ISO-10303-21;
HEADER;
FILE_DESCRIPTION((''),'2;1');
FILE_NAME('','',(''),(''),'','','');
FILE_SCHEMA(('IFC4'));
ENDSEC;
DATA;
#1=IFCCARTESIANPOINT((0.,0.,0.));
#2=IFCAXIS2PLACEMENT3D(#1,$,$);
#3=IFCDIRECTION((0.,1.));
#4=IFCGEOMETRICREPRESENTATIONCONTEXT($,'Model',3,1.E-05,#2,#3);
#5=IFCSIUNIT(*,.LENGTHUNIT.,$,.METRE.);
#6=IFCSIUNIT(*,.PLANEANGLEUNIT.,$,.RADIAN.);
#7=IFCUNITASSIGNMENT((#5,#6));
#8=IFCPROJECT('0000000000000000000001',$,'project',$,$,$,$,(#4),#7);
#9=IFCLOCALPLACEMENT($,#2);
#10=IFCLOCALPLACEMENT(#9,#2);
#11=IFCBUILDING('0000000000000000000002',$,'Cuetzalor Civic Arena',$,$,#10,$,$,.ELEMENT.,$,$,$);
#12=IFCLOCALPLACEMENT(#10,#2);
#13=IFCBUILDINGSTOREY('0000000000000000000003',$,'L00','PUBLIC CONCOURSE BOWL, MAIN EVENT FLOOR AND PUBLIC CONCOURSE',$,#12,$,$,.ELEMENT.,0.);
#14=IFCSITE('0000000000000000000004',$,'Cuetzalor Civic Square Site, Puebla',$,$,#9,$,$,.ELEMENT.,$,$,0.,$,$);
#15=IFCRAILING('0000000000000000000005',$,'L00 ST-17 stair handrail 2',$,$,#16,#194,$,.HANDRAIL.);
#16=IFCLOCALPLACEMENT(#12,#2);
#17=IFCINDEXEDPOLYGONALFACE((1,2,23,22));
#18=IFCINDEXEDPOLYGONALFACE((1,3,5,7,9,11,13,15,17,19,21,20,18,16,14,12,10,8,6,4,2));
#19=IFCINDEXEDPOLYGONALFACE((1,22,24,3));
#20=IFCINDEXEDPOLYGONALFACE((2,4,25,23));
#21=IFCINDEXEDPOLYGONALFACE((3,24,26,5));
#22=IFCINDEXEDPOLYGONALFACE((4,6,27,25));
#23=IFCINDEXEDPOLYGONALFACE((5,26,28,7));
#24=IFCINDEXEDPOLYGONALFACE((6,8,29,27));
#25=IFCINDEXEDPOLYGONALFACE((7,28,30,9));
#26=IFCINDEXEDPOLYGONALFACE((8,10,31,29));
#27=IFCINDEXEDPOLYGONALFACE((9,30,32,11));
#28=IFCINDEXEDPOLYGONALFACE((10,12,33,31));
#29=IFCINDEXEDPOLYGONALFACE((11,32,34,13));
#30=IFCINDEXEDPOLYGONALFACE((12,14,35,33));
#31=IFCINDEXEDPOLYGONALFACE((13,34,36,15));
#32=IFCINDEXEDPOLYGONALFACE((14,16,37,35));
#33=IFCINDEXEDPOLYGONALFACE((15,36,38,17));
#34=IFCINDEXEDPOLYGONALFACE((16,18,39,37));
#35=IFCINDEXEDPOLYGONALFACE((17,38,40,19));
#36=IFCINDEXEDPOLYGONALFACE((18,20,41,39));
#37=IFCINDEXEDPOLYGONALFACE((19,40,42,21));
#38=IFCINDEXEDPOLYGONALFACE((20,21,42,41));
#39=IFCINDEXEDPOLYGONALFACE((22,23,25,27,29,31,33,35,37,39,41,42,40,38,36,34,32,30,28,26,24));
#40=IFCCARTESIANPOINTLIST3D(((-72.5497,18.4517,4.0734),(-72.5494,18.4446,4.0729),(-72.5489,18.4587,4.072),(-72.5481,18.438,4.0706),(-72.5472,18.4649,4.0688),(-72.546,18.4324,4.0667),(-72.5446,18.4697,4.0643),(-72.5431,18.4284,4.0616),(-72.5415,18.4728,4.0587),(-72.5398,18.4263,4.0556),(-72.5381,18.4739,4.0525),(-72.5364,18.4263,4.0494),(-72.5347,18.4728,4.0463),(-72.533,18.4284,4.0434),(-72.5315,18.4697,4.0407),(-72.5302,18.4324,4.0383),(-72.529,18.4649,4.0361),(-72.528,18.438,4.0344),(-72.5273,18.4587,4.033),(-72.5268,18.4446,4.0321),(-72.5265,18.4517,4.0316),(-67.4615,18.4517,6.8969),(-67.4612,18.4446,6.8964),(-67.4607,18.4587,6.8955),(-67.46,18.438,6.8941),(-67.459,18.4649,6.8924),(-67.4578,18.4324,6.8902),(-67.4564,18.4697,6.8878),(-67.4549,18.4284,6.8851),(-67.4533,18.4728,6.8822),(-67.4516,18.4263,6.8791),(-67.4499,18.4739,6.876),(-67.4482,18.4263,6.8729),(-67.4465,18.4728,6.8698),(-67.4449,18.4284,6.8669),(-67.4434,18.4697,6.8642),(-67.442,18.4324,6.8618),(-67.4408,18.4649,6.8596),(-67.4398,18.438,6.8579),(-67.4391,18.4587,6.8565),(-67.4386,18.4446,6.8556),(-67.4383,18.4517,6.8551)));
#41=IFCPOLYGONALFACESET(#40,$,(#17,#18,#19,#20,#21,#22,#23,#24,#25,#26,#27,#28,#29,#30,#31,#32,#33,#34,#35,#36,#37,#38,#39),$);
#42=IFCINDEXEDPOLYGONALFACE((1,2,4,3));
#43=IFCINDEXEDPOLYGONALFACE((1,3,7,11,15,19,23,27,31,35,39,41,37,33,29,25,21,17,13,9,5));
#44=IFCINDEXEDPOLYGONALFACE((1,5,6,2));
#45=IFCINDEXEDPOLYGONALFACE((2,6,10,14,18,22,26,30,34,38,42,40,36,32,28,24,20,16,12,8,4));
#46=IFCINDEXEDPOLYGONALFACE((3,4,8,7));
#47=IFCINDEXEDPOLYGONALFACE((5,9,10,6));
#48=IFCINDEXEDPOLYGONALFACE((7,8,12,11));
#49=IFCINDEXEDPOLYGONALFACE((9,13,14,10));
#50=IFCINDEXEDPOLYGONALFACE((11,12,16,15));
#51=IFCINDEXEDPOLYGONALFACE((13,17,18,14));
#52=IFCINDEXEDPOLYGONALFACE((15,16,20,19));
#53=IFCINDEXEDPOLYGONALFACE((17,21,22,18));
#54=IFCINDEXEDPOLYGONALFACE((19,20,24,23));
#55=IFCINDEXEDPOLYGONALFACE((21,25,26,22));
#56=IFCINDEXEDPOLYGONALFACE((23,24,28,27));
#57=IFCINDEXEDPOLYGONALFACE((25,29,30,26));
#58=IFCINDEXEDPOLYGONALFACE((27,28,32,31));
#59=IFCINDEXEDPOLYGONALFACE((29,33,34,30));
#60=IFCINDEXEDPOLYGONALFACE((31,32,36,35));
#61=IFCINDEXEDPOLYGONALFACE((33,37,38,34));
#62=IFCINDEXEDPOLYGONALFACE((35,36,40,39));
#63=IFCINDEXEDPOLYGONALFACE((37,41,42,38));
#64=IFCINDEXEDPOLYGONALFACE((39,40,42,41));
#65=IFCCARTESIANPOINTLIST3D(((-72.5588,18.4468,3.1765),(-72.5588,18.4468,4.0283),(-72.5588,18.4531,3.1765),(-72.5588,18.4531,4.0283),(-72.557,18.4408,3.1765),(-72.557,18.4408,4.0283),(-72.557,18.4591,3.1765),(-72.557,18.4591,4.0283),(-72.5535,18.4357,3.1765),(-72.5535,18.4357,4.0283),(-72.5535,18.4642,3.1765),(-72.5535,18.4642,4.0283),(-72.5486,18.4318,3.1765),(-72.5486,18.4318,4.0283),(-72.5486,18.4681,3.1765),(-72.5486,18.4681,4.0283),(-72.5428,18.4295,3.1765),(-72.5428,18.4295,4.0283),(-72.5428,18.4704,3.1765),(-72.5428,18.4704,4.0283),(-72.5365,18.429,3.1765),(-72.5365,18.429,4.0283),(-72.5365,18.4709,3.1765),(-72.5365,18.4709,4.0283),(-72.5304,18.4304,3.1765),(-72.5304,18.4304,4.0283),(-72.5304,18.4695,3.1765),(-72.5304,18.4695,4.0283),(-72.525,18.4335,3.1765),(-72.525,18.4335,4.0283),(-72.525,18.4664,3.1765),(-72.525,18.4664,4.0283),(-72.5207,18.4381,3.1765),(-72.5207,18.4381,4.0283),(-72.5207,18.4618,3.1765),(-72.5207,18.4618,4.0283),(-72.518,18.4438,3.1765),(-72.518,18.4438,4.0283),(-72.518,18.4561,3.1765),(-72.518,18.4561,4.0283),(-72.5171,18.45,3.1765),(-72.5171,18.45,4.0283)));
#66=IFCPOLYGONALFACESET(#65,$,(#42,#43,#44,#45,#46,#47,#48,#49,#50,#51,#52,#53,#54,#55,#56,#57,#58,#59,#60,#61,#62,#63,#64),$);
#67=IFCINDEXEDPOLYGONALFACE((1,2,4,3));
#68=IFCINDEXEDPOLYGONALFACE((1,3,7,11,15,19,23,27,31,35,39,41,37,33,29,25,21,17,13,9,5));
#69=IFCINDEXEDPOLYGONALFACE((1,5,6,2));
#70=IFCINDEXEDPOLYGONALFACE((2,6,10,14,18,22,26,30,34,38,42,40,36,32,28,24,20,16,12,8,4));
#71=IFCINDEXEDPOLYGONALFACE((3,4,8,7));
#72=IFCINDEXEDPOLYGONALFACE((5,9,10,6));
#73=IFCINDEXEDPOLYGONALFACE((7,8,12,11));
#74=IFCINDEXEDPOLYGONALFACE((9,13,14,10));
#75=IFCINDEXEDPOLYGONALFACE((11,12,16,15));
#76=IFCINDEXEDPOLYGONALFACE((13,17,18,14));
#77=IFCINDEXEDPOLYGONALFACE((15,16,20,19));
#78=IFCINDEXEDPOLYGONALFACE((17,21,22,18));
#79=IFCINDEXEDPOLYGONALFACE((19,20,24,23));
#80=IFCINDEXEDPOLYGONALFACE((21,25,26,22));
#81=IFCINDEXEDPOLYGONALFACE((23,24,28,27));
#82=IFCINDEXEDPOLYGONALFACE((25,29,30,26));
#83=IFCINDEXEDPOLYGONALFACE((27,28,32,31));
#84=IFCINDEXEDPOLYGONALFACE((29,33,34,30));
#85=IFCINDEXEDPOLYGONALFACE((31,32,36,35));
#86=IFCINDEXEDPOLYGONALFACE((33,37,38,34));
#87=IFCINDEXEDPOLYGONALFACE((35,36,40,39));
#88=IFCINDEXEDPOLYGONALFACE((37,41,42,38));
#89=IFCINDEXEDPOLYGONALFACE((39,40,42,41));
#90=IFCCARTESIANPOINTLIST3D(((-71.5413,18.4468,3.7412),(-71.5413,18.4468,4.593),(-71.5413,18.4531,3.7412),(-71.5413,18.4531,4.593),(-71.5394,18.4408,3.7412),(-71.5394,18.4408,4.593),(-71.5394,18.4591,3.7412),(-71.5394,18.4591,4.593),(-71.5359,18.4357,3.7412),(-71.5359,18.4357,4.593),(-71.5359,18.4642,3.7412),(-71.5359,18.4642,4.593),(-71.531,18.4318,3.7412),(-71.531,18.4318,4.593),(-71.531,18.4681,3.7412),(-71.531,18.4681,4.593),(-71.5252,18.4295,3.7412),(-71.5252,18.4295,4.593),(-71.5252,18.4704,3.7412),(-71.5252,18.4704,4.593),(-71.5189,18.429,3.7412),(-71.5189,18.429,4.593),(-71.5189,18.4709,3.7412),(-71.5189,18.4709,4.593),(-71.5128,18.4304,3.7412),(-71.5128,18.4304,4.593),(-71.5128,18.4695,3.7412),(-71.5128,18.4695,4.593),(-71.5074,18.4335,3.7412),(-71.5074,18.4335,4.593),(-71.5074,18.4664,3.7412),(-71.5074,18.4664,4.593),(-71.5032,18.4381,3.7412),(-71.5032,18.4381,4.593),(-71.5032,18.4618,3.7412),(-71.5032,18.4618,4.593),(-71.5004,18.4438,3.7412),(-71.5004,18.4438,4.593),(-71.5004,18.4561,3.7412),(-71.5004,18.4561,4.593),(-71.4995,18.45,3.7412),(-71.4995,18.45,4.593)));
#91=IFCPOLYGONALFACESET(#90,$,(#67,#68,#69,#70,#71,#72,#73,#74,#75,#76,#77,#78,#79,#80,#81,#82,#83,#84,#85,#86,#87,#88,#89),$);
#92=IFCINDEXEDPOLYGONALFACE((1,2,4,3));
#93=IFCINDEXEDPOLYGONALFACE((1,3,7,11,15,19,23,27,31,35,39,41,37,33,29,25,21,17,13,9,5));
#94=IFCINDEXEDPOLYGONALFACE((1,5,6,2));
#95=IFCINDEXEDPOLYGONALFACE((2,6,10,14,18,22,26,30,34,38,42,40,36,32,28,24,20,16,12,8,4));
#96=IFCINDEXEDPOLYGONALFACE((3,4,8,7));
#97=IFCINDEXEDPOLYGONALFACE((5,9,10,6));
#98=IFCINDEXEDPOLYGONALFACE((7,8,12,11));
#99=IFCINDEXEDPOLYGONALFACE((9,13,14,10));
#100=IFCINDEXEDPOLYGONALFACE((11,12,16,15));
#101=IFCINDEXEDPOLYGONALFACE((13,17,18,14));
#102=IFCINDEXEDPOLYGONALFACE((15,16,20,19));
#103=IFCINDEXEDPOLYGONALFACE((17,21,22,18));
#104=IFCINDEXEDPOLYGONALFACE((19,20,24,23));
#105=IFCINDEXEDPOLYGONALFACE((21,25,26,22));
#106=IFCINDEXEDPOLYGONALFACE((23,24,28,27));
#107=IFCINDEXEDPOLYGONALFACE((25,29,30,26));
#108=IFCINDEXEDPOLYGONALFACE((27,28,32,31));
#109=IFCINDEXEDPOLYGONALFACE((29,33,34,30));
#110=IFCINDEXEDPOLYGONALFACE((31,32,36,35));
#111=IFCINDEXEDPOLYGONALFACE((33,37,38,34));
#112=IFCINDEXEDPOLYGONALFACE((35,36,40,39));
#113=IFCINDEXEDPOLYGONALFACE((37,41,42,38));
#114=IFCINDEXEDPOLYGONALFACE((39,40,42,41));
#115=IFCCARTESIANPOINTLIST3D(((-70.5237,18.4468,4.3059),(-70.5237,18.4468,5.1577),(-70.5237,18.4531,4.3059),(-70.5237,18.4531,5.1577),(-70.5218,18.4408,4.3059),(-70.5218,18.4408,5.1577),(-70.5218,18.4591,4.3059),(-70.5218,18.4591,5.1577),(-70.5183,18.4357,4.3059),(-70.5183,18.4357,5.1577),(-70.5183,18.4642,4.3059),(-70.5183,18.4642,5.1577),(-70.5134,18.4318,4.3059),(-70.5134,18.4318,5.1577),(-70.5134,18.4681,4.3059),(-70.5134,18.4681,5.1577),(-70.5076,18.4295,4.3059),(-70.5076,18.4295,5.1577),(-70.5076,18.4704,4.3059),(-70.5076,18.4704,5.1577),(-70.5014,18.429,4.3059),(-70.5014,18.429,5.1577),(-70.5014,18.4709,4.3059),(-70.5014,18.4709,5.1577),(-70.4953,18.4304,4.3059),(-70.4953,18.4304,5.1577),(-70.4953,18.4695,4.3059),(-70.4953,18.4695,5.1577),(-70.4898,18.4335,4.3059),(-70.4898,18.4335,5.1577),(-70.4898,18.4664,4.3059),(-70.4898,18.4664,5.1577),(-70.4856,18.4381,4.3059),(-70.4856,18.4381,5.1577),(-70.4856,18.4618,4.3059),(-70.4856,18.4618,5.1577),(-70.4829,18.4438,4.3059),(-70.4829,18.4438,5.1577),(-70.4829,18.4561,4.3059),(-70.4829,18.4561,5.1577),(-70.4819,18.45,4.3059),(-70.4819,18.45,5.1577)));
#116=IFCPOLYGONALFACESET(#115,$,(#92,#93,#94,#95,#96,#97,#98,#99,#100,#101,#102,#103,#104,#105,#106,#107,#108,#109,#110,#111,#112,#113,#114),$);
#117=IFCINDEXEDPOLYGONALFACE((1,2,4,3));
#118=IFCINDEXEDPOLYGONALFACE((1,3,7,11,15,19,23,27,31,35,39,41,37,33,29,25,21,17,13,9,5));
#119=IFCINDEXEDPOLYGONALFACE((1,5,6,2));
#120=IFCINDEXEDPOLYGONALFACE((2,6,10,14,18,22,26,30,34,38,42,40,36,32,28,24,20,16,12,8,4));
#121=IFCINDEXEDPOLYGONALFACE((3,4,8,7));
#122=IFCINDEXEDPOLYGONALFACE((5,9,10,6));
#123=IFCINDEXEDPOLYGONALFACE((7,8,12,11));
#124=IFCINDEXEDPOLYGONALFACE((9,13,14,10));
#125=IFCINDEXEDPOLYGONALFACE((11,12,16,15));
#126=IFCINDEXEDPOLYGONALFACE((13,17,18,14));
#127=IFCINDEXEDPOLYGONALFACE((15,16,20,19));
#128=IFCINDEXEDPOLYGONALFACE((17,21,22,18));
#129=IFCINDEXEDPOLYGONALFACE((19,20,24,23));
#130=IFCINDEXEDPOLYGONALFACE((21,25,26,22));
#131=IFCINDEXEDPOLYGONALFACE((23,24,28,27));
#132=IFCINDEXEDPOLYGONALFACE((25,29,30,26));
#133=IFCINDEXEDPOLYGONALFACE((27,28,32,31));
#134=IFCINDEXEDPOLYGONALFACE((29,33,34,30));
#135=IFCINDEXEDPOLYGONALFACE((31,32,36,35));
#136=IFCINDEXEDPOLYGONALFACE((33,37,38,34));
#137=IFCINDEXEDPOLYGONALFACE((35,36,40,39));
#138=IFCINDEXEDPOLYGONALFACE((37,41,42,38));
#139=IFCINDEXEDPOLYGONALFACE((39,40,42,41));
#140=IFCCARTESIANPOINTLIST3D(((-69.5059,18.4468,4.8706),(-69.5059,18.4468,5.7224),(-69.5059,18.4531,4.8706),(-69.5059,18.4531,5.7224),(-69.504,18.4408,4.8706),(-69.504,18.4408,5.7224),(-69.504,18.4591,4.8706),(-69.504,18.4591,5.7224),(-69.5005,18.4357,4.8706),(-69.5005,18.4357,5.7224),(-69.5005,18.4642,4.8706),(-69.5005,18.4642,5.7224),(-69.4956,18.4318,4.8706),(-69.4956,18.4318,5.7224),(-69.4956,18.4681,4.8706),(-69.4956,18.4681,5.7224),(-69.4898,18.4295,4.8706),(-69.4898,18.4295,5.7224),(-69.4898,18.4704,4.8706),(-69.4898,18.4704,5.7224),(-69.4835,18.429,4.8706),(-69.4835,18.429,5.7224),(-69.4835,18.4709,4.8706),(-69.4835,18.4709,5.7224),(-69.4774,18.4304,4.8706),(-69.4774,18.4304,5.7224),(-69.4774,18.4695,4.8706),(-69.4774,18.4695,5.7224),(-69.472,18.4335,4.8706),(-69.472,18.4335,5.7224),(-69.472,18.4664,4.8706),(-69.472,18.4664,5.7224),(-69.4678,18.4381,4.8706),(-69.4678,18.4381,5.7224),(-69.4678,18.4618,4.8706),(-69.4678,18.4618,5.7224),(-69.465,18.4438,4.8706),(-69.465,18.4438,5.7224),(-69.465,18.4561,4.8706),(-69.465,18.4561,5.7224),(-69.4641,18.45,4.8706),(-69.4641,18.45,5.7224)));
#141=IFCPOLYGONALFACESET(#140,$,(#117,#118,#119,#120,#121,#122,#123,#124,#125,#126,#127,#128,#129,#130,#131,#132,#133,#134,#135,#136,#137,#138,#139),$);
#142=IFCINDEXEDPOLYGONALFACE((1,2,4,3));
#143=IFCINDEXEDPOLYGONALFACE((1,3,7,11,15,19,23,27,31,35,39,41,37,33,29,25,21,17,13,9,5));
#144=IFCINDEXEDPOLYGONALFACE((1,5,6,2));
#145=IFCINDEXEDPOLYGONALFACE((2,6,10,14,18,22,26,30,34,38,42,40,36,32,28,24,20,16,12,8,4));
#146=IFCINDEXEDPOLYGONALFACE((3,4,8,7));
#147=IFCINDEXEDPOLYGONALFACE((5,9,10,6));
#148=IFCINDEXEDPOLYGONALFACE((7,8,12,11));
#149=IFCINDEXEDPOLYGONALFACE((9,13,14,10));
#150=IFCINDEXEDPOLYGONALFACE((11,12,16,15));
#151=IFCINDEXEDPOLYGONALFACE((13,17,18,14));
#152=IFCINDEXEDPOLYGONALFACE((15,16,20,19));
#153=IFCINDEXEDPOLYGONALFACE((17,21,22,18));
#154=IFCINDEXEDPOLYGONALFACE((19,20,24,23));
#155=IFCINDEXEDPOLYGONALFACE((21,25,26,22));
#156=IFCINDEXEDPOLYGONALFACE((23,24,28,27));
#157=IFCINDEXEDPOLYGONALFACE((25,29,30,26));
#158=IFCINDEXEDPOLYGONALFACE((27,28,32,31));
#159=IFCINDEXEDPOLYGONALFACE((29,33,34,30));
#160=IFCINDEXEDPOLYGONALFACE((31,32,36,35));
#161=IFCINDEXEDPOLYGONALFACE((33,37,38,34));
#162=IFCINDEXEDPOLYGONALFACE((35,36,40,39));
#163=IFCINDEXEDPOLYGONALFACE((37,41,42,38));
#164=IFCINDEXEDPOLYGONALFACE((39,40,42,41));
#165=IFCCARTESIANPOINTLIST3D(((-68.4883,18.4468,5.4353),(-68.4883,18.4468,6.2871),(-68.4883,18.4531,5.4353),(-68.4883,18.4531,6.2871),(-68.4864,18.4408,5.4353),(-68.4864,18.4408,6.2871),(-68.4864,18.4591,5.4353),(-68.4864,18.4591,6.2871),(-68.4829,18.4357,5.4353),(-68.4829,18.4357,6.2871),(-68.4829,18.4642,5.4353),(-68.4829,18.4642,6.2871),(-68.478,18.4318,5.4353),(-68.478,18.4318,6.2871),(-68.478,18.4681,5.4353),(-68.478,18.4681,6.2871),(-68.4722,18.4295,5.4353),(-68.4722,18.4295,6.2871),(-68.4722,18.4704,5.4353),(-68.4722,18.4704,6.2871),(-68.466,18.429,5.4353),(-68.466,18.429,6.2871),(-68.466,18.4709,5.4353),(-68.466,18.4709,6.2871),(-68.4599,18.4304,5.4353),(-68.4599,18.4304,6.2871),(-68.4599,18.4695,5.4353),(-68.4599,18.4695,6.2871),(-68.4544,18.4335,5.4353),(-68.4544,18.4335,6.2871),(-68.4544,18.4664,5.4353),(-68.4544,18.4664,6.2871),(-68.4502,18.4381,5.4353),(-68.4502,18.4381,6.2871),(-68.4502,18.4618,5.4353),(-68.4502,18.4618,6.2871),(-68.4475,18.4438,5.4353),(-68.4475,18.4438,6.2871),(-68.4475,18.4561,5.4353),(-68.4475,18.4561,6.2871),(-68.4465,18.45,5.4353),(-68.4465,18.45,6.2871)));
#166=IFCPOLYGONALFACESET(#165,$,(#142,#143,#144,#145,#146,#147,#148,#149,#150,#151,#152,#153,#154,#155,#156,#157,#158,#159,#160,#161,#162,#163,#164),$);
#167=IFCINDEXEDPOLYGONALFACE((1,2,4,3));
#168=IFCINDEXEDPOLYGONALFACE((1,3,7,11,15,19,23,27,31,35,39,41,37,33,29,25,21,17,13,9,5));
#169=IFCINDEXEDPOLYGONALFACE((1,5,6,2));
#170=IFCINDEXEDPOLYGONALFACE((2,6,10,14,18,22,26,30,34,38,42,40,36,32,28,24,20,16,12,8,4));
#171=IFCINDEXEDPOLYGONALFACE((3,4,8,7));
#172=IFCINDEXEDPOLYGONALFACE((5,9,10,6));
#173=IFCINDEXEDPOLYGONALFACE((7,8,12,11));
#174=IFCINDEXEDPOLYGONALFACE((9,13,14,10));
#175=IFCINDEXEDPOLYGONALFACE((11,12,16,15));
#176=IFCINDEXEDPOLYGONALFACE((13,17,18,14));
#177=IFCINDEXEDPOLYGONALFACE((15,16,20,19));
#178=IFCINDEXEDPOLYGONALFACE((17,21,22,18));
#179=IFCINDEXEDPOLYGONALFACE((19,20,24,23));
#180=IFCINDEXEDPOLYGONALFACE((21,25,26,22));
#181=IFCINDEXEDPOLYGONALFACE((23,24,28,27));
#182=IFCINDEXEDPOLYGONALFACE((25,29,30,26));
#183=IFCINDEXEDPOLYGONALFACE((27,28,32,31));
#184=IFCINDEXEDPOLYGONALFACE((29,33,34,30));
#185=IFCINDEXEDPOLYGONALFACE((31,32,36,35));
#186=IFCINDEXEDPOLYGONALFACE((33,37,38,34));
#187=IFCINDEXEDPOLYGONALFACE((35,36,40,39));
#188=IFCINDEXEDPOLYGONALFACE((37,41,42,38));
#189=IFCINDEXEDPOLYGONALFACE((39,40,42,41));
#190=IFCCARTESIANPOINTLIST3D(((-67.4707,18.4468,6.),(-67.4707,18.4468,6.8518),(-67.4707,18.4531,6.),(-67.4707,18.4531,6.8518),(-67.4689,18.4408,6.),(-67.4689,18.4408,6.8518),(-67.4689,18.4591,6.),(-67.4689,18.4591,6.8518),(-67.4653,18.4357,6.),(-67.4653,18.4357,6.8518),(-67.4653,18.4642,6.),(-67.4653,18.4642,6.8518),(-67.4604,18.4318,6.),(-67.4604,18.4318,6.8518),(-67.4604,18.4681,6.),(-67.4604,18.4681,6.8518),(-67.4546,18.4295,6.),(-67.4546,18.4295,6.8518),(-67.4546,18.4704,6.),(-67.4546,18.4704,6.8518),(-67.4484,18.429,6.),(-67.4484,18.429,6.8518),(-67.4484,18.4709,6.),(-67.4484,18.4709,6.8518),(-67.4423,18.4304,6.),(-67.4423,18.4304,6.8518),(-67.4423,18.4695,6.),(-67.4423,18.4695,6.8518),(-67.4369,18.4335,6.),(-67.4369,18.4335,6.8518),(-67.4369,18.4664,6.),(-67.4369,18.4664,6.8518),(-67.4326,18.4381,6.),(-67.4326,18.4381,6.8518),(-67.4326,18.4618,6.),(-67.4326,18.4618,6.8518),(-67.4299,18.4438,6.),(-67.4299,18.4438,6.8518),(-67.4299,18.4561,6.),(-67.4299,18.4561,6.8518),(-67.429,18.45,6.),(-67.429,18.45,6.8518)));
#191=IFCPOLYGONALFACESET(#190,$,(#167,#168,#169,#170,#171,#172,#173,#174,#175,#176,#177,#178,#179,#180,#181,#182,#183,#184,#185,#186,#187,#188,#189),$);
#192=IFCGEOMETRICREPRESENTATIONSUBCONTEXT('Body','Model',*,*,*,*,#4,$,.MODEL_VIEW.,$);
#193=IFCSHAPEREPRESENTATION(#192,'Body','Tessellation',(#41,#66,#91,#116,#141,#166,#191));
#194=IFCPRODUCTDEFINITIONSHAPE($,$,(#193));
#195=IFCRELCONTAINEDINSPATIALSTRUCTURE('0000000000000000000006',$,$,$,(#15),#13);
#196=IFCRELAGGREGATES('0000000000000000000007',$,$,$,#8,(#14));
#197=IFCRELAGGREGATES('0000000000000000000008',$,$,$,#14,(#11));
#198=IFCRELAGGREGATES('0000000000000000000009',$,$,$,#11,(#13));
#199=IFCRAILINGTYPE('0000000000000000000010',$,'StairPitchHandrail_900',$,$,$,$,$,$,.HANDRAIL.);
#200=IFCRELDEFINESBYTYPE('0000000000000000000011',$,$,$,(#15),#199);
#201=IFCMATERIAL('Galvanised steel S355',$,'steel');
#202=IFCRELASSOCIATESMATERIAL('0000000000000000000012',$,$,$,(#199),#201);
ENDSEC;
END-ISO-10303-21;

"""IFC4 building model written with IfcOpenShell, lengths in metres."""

from ifc_helpers import new_model, si_unit, direction, frame, origin, origin_2d, place, context, subcontext, project, spatial, circle, extrude, material, type_object, element, save


model = new_model("IFC4")

# Units and contexts
model_context = context("Model", 3, precision=1e-05, world=origin(), true_north=direction((0.0, 1.0)))
body_context = subcontext(model_context, "Body", "Model", "MODEL_VIEW")
ifc_project = project(units=[si_unit("LENGTHUNIT", "METRE"), si_unit("PLANEANGLEUNIT", "RADIAN")], contexts=[model_context])

# Site, building, storey
site_placement = place(None, origin())
site = spatial("IfcSite", under=ifc_project, at=site_placement, Name="Cuetzalor Civic Square Site, Puebla", CompositionType="ELEMENT", RefElevation=0.0)
building_placement = place(site_placement, origin())
building = spatial("IfcBuilding", under=site, at=building_placement, Name="Cuetzalor Civic Arena", CompositionType="ELEMENT")
storey_placement = place(building_placement, origin())
storey = spatial("IfcBuildingStorey", under=building, at=storey_placement, Name="L00", Description="PUBLIC CONCOURSE BOWL, MAIN EVENT FLOOR AND PUBLIC CONCOURSE", CompositionType="ELEMENT", Elevation=0.0)

# Railing
ifc_material_1 = material(Name="Galvanised steel S355", Category="steel")
railing_type = type_object("IfcRailingType", Name="StairPitchHandrail_900", PredefinedType="HANDRAIL", material=ifc_material_1)
railing_placement = place(storey_placement, frame((-72.5381, 18.45, 3.1765)))
element("IfcRailing", 1, at=railing_placement, inside=storey, type_object=railing_type, Name="L00 ST-17 stair handrail 2", PredefinedType="HANDRAIL", context=body_context, shape_type="SweptSolid", body=[
    extrude(circle(Radius=0.0239, at=origin_2d()), frame((0.0, 0.0, 0.876), z_axis=(0.874395, 0.0, 0.485215), x_axis=(0.0, 1.0, 0.0)), (0.0, 0.0, 1.0), 5.8191),
    extrude(circle(Radius=0.021, at=origin_2d()), origin(), (0.0, 0.0, 1.0), 0.8518),
    extrude(circle(Radius=0.021, at=origin_2d()), frame((1.0176, 0.0, 0.5647)), (0.0, 0.0, 1.0), 0.8518),
    extrude(circle(Radius=0.021, at=origin_2d()), frame((2.0352, 0.0, 1.1294)), (0.0, 0.0, 1.0), 0.8518),
    extrude(circle(Radius=0.021, at=origin_2d()), frame((3.053, 0.0, 1.6941)), (0.0, 0.0, 1.0), 0.8518),
    extrude(circle(Radius=0.021, at=origin_2d()), frame((4.0706, 0.0, 2.2588)), (0.0, 0.0, 1.0), 0.8518),
    extrude(circle(Radius=0.021, at=origin_2d()), frame((5.0881, 0.0, 2.8235)), (0.0, 0.0, 1.0), 0.8518),
])

save(model, "model.ifc")
